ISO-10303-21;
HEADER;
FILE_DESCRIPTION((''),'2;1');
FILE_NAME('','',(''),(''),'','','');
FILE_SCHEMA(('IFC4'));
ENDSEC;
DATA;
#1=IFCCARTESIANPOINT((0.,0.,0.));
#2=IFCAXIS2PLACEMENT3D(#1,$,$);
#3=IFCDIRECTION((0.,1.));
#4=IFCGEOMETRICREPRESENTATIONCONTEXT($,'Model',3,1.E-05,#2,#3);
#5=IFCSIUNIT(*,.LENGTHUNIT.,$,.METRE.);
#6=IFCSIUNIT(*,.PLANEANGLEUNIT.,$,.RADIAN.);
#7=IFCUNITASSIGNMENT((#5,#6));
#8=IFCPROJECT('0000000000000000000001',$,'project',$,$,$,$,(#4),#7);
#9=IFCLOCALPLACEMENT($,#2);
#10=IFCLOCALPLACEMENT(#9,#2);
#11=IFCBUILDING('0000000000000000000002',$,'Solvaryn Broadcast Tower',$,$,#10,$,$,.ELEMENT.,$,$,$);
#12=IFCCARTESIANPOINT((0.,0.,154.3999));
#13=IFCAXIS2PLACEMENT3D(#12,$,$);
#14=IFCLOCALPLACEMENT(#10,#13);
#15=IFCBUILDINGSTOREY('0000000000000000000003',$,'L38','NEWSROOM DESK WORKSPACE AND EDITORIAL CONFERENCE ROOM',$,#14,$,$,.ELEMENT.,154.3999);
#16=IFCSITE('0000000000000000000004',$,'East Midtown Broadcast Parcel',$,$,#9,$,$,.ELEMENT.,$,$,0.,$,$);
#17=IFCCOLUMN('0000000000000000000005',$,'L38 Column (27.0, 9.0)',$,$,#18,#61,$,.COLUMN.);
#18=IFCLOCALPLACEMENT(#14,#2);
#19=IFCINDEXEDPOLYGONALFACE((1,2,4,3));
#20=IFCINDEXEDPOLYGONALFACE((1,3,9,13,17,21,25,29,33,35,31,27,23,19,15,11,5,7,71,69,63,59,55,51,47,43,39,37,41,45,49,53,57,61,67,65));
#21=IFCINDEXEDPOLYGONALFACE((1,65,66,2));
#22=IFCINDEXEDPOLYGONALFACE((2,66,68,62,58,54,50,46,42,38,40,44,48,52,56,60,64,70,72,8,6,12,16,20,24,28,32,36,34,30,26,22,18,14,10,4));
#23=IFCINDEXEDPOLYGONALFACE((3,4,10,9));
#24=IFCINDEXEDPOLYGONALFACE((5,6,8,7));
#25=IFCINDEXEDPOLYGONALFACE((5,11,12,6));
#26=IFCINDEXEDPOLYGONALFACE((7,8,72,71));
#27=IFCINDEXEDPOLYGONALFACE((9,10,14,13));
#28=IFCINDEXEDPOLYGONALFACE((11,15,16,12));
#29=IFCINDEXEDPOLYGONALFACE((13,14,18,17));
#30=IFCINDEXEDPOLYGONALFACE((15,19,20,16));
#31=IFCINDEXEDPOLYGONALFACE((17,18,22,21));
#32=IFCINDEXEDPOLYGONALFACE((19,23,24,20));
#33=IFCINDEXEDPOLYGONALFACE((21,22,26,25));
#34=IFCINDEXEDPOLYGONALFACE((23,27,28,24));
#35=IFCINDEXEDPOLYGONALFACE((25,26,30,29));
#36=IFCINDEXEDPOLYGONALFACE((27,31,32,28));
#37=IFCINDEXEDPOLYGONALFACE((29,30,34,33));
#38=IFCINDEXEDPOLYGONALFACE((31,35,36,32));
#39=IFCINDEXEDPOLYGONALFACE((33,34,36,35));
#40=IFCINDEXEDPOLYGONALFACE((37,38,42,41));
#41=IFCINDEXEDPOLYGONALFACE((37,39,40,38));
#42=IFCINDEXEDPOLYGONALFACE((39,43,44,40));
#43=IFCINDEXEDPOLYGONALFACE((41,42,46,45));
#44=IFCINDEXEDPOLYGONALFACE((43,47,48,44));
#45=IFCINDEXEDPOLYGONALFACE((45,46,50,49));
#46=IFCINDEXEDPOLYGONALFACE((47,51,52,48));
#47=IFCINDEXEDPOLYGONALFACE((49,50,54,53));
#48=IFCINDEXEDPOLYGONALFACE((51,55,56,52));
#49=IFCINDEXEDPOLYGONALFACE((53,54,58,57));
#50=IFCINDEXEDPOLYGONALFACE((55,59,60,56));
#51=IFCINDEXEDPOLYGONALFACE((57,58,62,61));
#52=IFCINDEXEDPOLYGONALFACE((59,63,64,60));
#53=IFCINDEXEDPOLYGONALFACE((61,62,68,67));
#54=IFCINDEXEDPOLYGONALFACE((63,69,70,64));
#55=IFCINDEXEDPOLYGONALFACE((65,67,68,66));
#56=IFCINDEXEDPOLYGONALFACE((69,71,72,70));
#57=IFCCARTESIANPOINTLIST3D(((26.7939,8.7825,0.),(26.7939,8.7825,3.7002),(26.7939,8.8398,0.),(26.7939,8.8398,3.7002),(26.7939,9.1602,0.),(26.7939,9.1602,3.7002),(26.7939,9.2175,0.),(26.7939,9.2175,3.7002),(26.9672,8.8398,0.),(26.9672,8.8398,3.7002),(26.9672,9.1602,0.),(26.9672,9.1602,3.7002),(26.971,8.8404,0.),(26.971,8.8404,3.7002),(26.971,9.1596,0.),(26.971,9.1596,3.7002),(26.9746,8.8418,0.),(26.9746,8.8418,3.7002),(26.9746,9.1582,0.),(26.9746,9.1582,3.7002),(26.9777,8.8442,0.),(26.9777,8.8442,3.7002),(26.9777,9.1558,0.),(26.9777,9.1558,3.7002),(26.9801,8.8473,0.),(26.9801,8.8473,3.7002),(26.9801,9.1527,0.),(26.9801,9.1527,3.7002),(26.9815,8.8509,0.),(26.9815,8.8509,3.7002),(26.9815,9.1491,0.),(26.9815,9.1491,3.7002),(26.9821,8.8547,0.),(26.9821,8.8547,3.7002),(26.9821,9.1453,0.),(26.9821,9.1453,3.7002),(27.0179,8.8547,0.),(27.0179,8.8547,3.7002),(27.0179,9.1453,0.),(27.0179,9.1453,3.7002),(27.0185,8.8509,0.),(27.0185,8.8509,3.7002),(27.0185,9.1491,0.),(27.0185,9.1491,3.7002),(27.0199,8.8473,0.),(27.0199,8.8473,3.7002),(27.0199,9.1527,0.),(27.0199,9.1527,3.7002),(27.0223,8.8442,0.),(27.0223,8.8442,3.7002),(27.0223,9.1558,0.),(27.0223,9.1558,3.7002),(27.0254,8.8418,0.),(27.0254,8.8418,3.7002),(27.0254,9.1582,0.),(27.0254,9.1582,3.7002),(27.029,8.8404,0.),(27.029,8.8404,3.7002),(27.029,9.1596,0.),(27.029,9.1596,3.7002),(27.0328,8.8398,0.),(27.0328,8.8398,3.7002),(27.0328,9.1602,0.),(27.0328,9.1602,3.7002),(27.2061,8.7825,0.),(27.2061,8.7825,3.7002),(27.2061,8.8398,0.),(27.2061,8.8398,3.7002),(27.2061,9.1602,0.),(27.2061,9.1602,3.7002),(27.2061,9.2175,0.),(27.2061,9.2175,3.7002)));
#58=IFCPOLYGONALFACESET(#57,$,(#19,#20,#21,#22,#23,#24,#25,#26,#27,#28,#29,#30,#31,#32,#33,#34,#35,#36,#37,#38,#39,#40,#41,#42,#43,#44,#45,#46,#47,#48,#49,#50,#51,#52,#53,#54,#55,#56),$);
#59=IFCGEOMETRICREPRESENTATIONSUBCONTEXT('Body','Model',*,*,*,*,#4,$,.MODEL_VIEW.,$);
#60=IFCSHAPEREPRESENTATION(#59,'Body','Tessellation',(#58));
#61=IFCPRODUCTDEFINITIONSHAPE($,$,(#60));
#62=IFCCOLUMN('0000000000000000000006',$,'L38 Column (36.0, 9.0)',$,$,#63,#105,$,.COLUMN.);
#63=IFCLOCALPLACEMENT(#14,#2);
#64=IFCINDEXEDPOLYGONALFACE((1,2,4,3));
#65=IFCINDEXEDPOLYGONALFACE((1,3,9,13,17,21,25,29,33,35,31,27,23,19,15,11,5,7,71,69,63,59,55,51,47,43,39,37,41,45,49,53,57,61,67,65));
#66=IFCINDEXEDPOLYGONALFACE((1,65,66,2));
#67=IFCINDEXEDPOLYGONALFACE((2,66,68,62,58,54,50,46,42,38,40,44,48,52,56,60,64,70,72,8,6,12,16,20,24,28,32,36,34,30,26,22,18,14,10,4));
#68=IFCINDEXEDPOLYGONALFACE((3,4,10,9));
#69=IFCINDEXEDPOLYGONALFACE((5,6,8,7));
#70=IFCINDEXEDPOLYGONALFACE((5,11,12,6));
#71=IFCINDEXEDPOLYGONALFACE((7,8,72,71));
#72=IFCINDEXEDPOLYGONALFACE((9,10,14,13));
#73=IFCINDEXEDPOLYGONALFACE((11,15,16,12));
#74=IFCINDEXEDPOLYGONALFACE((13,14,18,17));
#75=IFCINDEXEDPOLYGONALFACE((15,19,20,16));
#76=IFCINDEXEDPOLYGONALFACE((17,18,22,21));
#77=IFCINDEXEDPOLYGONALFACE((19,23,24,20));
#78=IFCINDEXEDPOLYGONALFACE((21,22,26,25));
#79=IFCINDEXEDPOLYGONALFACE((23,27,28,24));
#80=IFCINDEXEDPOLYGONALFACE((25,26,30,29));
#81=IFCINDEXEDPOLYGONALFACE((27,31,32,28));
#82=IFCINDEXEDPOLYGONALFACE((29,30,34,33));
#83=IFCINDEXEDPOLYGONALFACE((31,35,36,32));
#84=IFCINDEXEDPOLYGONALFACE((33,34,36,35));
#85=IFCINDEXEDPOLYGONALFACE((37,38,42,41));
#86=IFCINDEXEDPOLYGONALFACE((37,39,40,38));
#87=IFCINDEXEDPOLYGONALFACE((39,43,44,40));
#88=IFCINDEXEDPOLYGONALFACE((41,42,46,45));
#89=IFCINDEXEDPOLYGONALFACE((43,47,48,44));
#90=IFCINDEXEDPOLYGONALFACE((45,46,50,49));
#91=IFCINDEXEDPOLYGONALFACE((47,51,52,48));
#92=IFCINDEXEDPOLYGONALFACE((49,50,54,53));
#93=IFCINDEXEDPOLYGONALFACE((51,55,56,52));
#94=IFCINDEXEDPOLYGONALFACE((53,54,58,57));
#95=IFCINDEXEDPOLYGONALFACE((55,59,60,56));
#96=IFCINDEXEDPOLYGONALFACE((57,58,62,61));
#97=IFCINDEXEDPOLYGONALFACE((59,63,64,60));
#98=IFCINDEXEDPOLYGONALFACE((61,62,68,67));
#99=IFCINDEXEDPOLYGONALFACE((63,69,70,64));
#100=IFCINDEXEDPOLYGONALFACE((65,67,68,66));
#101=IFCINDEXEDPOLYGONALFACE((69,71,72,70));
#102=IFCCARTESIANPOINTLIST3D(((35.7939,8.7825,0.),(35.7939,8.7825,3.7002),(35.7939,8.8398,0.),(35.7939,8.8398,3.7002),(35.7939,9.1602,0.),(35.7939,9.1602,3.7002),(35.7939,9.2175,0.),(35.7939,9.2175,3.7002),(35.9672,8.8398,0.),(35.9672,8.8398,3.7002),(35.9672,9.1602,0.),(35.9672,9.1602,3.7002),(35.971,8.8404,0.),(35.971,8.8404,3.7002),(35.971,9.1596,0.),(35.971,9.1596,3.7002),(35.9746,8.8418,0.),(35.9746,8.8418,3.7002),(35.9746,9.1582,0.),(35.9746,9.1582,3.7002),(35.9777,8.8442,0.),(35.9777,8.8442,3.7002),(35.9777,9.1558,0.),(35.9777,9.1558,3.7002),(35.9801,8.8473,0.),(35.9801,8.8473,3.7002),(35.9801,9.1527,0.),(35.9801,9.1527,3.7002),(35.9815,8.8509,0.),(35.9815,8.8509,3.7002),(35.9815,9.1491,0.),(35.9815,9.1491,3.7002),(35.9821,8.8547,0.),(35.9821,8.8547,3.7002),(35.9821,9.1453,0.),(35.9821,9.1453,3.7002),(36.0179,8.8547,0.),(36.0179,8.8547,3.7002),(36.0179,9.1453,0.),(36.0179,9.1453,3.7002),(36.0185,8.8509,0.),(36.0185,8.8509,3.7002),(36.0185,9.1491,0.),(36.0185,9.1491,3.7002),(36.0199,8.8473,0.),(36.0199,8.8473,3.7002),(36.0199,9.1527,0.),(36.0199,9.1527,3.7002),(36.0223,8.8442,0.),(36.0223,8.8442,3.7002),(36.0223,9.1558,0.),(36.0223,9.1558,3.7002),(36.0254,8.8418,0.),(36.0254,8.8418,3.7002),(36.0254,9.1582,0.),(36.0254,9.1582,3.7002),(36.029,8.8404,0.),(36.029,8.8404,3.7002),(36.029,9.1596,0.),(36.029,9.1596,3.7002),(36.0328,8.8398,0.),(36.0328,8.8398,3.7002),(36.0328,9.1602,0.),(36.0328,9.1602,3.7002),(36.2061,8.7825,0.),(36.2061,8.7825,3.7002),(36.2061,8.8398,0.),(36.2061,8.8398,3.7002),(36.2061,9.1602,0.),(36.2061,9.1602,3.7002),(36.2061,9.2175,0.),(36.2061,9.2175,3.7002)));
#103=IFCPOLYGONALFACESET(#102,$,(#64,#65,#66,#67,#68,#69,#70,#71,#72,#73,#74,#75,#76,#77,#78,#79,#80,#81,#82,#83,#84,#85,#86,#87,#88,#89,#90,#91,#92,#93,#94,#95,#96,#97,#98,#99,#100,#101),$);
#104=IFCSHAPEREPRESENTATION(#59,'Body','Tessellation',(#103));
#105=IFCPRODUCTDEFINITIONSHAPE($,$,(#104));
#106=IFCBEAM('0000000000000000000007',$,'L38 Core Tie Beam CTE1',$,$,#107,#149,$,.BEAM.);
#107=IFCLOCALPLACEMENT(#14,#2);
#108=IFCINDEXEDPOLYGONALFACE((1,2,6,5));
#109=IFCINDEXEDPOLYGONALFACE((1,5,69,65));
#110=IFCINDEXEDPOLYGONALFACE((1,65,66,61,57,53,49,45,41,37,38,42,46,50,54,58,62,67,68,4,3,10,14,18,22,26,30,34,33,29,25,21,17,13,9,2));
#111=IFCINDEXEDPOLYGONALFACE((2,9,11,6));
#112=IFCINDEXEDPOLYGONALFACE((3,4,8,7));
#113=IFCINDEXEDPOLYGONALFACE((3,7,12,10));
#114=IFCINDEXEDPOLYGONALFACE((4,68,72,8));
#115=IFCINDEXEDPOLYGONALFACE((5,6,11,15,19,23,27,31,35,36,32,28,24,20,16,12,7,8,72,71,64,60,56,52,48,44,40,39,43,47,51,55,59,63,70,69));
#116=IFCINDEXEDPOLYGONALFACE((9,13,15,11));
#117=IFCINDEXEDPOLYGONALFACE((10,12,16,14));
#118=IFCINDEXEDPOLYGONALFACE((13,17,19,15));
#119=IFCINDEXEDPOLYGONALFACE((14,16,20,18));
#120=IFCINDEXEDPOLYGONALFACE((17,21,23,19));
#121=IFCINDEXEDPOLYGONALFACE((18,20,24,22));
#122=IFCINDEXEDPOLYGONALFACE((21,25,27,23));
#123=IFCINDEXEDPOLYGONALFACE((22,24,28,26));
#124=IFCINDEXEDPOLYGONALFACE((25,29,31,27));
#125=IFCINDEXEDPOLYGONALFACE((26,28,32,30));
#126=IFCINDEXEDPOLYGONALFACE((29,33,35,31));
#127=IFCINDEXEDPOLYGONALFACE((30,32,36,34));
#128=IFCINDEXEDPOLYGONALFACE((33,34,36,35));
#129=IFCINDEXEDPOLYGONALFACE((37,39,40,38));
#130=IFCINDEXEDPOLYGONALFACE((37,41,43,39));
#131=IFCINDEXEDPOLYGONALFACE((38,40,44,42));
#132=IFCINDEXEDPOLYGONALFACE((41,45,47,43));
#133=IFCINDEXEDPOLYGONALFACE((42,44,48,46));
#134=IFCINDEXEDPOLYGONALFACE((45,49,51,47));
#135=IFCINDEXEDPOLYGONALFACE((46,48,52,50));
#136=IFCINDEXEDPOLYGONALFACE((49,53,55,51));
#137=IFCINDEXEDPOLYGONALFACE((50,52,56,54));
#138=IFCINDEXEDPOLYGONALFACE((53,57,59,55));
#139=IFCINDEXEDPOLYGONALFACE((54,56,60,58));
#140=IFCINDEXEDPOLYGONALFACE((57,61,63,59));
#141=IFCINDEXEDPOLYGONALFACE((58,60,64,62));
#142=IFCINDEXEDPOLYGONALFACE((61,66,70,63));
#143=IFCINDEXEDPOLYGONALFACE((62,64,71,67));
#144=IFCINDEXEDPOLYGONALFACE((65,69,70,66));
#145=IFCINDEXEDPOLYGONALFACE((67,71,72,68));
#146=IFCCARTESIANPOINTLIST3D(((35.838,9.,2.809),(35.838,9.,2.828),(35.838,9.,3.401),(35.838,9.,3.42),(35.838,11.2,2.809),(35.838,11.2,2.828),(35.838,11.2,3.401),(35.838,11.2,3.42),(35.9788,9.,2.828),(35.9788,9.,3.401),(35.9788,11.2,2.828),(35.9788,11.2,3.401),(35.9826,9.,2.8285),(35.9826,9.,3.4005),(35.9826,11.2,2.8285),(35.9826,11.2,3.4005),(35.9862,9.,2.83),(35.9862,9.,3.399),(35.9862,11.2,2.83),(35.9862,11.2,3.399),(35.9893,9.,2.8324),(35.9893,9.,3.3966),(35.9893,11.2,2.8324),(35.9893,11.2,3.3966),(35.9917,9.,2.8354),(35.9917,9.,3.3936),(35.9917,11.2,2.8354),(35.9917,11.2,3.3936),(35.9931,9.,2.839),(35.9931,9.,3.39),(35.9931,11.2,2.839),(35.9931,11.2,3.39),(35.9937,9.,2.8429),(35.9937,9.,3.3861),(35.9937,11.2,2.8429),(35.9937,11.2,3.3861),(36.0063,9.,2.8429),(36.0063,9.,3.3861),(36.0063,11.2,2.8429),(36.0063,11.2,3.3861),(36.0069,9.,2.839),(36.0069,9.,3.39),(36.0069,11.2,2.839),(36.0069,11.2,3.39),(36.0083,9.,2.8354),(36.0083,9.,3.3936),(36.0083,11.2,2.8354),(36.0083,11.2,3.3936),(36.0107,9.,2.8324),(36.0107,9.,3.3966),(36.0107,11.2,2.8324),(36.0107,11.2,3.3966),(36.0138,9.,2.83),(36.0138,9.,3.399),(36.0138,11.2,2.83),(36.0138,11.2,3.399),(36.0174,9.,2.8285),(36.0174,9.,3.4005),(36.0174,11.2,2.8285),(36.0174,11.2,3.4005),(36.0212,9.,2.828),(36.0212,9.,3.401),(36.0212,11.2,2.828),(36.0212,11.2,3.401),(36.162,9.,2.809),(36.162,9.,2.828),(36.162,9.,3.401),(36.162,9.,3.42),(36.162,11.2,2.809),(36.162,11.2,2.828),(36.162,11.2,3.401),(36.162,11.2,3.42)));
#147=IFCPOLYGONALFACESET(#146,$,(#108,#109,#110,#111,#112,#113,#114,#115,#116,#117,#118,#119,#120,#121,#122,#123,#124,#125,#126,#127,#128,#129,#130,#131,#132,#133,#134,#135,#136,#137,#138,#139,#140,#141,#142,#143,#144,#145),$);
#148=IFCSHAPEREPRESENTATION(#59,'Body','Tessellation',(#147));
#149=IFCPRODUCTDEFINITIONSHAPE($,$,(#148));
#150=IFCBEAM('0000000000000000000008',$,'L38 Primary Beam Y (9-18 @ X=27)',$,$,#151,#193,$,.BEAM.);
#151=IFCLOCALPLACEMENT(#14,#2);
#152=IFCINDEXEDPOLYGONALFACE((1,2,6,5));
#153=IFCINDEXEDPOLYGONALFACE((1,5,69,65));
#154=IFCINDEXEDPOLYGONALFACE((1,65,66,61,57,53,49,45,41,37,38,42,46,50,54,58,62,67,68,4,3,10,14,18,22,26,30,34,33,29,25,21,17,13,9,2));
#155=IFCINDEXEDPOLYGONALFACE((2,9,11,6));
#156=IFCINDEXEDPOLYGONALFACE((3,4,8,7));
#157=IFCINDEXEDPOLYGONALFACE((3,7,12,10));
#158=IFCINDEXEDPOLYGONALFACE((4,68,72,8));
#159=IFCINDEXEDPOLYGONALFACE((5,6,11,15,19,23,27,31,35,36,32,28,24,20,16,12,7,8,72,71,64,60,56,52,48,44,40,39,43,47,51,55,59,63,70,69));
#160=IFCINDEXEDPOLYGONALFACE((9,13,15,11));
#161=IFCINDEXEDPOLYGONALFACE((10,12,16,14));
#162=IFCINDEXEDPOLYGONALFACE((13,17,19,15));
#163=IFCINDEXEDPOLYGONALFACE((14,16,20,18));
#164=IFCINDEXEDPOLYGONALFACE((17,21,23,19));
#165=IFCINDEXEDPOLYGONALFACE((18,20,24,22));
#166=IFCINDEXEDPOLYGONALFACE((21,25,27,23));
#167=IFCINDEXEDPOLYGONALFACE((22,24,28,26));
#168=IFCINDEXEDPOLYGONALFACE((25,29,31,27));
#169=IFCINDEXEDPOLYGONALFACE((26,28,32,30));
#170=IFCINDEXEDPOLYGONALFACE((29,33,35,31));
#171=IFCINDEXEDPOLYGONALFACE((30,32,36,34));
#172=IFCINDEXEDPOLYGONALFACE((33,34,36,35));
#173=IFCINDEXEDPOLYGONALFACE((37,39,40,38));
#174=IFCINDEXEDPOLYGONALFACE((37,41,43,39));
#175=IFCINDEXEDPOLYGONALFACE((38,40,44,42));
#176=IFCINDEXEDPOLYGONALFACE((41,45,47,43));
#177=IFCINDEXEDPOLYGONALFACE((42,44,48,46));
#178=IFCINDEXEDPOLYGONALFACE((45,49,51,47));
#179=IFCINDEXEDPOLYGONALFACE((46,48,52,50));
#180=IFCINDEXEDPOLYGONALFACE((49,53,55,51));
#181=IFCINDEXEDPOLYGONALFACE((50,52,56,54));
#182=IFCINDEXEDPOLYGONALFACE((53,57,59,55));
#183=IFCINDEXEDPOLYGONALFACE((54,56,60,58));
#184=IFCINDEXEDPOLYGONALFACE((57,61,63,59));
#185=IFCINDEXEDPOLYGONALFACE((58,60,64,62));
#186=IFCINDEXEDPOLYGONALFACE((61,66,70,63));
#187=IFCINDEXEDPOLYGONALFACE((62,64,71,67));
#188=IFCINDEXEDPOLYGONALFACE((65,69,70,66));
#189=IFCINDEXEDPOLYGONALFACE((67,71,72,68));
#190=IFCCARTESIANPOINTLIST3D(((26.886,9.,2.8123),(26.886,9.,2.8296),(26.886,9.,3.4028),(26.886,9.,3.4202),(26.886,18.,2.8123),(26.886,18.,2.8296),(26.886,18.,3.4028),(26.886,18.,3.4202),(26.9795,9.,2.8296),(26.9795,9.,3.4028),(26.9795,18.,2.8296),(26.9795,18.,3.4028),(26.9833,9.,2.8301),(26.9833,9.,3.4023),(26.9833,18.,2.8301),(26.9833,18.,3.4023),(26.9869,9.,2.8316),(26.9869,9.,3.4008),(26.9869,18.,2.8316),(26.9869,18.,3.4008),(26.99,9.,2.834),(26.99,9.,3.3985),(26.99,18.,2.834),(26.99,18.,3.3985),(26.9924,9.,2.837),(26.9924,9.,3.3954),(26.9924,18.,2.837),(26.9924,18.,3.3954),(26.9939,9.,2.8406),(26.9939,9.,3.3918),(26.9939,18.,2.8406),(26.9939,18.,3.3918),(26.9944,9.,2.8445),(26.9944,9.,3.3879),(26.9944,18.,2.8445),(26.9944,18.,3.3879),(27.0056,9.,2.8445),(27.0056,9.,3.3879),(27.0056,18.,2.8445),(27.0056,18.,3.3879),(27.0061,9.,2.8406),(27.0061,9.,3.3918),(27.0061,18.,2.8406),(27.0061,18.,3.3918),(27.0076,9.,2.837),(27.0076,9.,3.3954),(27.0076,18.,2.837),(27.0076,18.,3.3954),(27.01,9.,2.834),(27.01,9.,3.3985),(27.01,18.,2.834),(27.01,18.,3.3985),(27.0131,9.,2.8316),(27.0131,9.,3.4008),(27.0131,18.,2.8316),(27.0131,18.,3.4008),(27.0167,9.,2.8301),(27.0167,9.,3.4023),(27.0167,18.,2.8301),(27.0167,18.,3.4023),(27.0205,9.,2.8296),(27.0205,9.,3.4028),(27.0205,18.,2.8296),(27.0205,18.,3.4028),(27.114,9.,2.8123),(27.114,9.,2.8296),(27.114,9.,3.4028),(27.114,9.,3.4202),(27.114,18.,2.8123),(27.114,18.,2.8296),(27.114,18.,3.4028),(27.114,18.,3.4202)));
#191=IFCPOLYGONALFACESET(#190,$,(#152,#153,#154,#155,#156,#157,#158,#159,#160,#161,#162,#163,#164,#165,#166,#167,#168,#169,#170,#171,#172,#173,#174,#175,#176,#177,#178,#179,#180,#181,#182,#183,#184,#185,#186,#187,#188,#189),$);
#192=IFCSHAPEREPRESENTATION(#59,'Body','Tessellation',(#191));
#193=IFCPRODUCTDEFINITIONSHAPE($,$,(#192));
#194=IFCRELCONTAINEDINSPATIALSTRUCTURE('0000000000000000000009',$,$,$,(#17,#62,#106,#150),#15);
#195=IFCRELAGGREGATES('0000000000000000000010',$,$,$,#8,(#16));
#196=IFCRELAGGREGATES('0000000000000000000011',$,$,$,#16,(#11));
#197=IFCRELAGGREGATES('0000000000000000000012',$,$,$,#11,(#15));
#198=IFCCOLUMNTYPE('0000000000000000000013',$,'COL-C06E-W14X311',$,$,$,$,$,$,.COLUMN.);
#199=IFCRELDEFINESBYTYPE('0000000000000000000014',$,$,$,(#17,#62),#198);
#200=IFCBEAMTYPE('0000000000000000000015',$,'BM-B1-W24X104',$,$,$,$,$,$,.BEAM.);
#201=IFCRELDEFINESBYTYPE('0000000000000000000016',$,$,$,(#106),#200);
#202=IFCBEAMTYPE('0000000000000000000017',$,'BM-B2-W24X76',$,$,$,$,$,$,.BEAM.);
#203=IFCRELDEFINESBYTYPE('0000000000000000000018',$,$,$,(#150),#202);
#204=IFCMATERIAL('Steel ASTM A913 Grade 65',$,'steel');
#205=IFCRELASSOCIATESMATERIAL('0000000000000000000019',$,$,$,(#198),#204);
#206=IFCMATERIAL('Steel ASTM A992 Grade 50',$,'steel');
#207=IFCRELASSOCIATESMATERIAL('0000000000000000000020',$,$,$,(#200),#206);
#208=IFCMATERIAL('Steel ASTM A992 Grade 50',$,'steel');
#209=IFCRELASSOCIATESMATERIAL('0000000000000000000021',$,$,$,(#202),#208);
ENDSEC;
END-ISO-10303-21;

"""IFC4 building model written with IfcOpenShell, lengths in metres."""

from ifc_helpers import new_model, si_unit, direction, frame, origin, origin_2d, place, context, subcontext, project, spatial, i_section, extrude, material, material_profile, profile_set, type_object, element, save


model = new_model("IFC4")

# Units and contexts
model_context = context("Model", 3, precision=1e-05, world=origin(), true_north=direction((0.0, 1.0)))
body_context = subcontext(model_context, "Body", "Model", "MODEL_VIEW")
ifc_project = project(units=[si_unit("LENGTHUNIT", "METRE"), si_unit("PLANEANGLEUNIT", "RADIAN")], contexts=[model_context])

# Site, building, storey
site_placement = place(None, origin())
site = spatial("IfcSite", under=ifc_project, at=site_placement, Name="East Midtown Broadcast Parcel", CompositionType="ELEMENT", RefElevation=0.0)
building_placement = place(site_placement, origin())
building = spatial("IfcBuilding", under=site, at=building_placement, Name="Solvaryn Broadcast Tower", CompositionType="ELEMENT")
storey_placement = place(building_placement, frame((0.0, 0.0, 154.3999)))
storey = spatial("IfcBuildingStorey", under=building, at=storey_placement, Name="L38", Description="NEWSROOM DESK WORKSPACE AND EDITORIAL CONFERENCE ROOM", CompositionType="ELEMENT", Elevation=154.3999)

# Columns
ifc_material_1 = material(Name="Steel ASTM A913 Grade 65", Category="steel")
ifc_material_profile_1 = material_profile(ifc_material_1, i_section(OverallWidth=0.4121, OverallDepth=0.4351, WebThickness=0.0359, FlangeThickness=0.0574, FilletRadius=0.0149, at=origin_2d()))
ifc_profile_set_1 = profile_set([ifc_material_profile_1], Name="Steel ASTM A913 Grade 65")
column_type = type_object("IfcColumnType", Name="COL-C06E-W14X311", PredefinedType="COLUMN", material=ifc_profile_set_1)
for number, where, z_axis, x_axis, name in (
    (1, (27.0, 9.0, 0.0), (0.0, 0.0, 1.0), (1.0, 0.0, 0.0), "L38 Column (27.0, 9.0)"),
    (2, (36.0, 9.0, 0.0), (0.0, 0.0, 1.0), (1.0, 0.0, 0.0), "L38 Column (36.0, 9.0)"),
):
    element("IfcColumn", number, at=place(storey_placement, frame(where, z_axis=z_axis, x_axis=x_axis)), inside=storey, type_object=column_type, Name=name, PredefinedType="COLUMN", context=body_context, shape_type="SweptSolid", body=[
        extrude(i_section(OverallWidth=0.4121, OverallDepth=0.4351, WebThickness=0.0359, FlangeThickness=0.0574, FilletRadius=0.0149, at=origin_2d()), origin(), (0.0, 0.0, 1.0), 3.7002),
    ])

# Beams
ifc_material_2 = material(Name="Steel ASTM A992 Grade 50", Category="steel")
ifc_material_profile_2 = material_profile(ifc_material_2, i_section(OverallWidth=0.324, OverallDepth=0.6111, WebThickness=0.0127, FlangeThickness=0.019, FilletRadius=0.0149, at=origin_2d()))
ifc_profile_set_2 = profile_set([ifc_material_profile_2], Name="Steel ASTM A992 Grade 50")
beam_type_1 = type_object("IfcBeamType", Name="BM-B1-W24X104", PredefinedType="BEAM", material=ifc_profile_set_2)
beam_1_placement = place(storey_placement, frame((36.0, 9.0, 3.1145), z_axis=(0.0, 1.0, 0.0), x_axis=(-1.0, 0.0, 0.0)))
element("IfcBeam", 3, at=beam_1_placement, inside=storey, type_object=beam_type_1, Name="L38 Core Tie Beam CTE1", PredefinedType="BEAM", context=body_context, shape_type="SweptSolid", body=[
    extrude(i_section(OverallWidth=0.324, OverallDepth=0.6111, WebThickness=0.0127, FlangeThickness=0.019, FilletRadius=0.0149, at=origin_2d()), origin(), (0.0, 0.0, 1.0), 2.2),
])
ifc_material_3 = material(Name="Steel ASTM A992 Grade 50", Category="steel")
ifc_material_profile_3 = material_profile(ifc_material_3, i_section(OverallWidth=0.228, OverallDepth=0.6079, WebThickness=0.0112, FlangeThickness=0.0173, FilletRadius=0.0149, at=origin_2d()))
ifc_profile_set_3 = profile_set([ifc_material_profile_3], Name="Steel ASTM A992 Grade 50")
beam_type_2 = type_object("IfcBeamType", Name="BM-B2-W24X76", PredefinedType="BEAM", material=ifc_profile_set_3)
beam_2_placement = place(storey_placement, frame((27.0, 9.0, 3.1162), z_axis=(0.0, 1.0, 0.0), x_axis=(-1.0, 0.0, 0.0)))
element("IfcBeam", 4, at=beam_2_placement, inside=storey, type_object=beam_type_2, Name="L38 Primary Beam Y (9-18 @ X=27)", PredefinedType="BEAM", context=body_context, shape_type="SweptSolid", body=[
    extrude(i_section(OverallWidth=0.228, OverallDepth=0.6079, WebThickness=0.0112, FlangeThickness=0.0173, FilletRadius=0.0149, at=origin_2d()), origin(), (0.0, 0.0, 1.0), 9.0),
])

save(model, "model.ifc")
